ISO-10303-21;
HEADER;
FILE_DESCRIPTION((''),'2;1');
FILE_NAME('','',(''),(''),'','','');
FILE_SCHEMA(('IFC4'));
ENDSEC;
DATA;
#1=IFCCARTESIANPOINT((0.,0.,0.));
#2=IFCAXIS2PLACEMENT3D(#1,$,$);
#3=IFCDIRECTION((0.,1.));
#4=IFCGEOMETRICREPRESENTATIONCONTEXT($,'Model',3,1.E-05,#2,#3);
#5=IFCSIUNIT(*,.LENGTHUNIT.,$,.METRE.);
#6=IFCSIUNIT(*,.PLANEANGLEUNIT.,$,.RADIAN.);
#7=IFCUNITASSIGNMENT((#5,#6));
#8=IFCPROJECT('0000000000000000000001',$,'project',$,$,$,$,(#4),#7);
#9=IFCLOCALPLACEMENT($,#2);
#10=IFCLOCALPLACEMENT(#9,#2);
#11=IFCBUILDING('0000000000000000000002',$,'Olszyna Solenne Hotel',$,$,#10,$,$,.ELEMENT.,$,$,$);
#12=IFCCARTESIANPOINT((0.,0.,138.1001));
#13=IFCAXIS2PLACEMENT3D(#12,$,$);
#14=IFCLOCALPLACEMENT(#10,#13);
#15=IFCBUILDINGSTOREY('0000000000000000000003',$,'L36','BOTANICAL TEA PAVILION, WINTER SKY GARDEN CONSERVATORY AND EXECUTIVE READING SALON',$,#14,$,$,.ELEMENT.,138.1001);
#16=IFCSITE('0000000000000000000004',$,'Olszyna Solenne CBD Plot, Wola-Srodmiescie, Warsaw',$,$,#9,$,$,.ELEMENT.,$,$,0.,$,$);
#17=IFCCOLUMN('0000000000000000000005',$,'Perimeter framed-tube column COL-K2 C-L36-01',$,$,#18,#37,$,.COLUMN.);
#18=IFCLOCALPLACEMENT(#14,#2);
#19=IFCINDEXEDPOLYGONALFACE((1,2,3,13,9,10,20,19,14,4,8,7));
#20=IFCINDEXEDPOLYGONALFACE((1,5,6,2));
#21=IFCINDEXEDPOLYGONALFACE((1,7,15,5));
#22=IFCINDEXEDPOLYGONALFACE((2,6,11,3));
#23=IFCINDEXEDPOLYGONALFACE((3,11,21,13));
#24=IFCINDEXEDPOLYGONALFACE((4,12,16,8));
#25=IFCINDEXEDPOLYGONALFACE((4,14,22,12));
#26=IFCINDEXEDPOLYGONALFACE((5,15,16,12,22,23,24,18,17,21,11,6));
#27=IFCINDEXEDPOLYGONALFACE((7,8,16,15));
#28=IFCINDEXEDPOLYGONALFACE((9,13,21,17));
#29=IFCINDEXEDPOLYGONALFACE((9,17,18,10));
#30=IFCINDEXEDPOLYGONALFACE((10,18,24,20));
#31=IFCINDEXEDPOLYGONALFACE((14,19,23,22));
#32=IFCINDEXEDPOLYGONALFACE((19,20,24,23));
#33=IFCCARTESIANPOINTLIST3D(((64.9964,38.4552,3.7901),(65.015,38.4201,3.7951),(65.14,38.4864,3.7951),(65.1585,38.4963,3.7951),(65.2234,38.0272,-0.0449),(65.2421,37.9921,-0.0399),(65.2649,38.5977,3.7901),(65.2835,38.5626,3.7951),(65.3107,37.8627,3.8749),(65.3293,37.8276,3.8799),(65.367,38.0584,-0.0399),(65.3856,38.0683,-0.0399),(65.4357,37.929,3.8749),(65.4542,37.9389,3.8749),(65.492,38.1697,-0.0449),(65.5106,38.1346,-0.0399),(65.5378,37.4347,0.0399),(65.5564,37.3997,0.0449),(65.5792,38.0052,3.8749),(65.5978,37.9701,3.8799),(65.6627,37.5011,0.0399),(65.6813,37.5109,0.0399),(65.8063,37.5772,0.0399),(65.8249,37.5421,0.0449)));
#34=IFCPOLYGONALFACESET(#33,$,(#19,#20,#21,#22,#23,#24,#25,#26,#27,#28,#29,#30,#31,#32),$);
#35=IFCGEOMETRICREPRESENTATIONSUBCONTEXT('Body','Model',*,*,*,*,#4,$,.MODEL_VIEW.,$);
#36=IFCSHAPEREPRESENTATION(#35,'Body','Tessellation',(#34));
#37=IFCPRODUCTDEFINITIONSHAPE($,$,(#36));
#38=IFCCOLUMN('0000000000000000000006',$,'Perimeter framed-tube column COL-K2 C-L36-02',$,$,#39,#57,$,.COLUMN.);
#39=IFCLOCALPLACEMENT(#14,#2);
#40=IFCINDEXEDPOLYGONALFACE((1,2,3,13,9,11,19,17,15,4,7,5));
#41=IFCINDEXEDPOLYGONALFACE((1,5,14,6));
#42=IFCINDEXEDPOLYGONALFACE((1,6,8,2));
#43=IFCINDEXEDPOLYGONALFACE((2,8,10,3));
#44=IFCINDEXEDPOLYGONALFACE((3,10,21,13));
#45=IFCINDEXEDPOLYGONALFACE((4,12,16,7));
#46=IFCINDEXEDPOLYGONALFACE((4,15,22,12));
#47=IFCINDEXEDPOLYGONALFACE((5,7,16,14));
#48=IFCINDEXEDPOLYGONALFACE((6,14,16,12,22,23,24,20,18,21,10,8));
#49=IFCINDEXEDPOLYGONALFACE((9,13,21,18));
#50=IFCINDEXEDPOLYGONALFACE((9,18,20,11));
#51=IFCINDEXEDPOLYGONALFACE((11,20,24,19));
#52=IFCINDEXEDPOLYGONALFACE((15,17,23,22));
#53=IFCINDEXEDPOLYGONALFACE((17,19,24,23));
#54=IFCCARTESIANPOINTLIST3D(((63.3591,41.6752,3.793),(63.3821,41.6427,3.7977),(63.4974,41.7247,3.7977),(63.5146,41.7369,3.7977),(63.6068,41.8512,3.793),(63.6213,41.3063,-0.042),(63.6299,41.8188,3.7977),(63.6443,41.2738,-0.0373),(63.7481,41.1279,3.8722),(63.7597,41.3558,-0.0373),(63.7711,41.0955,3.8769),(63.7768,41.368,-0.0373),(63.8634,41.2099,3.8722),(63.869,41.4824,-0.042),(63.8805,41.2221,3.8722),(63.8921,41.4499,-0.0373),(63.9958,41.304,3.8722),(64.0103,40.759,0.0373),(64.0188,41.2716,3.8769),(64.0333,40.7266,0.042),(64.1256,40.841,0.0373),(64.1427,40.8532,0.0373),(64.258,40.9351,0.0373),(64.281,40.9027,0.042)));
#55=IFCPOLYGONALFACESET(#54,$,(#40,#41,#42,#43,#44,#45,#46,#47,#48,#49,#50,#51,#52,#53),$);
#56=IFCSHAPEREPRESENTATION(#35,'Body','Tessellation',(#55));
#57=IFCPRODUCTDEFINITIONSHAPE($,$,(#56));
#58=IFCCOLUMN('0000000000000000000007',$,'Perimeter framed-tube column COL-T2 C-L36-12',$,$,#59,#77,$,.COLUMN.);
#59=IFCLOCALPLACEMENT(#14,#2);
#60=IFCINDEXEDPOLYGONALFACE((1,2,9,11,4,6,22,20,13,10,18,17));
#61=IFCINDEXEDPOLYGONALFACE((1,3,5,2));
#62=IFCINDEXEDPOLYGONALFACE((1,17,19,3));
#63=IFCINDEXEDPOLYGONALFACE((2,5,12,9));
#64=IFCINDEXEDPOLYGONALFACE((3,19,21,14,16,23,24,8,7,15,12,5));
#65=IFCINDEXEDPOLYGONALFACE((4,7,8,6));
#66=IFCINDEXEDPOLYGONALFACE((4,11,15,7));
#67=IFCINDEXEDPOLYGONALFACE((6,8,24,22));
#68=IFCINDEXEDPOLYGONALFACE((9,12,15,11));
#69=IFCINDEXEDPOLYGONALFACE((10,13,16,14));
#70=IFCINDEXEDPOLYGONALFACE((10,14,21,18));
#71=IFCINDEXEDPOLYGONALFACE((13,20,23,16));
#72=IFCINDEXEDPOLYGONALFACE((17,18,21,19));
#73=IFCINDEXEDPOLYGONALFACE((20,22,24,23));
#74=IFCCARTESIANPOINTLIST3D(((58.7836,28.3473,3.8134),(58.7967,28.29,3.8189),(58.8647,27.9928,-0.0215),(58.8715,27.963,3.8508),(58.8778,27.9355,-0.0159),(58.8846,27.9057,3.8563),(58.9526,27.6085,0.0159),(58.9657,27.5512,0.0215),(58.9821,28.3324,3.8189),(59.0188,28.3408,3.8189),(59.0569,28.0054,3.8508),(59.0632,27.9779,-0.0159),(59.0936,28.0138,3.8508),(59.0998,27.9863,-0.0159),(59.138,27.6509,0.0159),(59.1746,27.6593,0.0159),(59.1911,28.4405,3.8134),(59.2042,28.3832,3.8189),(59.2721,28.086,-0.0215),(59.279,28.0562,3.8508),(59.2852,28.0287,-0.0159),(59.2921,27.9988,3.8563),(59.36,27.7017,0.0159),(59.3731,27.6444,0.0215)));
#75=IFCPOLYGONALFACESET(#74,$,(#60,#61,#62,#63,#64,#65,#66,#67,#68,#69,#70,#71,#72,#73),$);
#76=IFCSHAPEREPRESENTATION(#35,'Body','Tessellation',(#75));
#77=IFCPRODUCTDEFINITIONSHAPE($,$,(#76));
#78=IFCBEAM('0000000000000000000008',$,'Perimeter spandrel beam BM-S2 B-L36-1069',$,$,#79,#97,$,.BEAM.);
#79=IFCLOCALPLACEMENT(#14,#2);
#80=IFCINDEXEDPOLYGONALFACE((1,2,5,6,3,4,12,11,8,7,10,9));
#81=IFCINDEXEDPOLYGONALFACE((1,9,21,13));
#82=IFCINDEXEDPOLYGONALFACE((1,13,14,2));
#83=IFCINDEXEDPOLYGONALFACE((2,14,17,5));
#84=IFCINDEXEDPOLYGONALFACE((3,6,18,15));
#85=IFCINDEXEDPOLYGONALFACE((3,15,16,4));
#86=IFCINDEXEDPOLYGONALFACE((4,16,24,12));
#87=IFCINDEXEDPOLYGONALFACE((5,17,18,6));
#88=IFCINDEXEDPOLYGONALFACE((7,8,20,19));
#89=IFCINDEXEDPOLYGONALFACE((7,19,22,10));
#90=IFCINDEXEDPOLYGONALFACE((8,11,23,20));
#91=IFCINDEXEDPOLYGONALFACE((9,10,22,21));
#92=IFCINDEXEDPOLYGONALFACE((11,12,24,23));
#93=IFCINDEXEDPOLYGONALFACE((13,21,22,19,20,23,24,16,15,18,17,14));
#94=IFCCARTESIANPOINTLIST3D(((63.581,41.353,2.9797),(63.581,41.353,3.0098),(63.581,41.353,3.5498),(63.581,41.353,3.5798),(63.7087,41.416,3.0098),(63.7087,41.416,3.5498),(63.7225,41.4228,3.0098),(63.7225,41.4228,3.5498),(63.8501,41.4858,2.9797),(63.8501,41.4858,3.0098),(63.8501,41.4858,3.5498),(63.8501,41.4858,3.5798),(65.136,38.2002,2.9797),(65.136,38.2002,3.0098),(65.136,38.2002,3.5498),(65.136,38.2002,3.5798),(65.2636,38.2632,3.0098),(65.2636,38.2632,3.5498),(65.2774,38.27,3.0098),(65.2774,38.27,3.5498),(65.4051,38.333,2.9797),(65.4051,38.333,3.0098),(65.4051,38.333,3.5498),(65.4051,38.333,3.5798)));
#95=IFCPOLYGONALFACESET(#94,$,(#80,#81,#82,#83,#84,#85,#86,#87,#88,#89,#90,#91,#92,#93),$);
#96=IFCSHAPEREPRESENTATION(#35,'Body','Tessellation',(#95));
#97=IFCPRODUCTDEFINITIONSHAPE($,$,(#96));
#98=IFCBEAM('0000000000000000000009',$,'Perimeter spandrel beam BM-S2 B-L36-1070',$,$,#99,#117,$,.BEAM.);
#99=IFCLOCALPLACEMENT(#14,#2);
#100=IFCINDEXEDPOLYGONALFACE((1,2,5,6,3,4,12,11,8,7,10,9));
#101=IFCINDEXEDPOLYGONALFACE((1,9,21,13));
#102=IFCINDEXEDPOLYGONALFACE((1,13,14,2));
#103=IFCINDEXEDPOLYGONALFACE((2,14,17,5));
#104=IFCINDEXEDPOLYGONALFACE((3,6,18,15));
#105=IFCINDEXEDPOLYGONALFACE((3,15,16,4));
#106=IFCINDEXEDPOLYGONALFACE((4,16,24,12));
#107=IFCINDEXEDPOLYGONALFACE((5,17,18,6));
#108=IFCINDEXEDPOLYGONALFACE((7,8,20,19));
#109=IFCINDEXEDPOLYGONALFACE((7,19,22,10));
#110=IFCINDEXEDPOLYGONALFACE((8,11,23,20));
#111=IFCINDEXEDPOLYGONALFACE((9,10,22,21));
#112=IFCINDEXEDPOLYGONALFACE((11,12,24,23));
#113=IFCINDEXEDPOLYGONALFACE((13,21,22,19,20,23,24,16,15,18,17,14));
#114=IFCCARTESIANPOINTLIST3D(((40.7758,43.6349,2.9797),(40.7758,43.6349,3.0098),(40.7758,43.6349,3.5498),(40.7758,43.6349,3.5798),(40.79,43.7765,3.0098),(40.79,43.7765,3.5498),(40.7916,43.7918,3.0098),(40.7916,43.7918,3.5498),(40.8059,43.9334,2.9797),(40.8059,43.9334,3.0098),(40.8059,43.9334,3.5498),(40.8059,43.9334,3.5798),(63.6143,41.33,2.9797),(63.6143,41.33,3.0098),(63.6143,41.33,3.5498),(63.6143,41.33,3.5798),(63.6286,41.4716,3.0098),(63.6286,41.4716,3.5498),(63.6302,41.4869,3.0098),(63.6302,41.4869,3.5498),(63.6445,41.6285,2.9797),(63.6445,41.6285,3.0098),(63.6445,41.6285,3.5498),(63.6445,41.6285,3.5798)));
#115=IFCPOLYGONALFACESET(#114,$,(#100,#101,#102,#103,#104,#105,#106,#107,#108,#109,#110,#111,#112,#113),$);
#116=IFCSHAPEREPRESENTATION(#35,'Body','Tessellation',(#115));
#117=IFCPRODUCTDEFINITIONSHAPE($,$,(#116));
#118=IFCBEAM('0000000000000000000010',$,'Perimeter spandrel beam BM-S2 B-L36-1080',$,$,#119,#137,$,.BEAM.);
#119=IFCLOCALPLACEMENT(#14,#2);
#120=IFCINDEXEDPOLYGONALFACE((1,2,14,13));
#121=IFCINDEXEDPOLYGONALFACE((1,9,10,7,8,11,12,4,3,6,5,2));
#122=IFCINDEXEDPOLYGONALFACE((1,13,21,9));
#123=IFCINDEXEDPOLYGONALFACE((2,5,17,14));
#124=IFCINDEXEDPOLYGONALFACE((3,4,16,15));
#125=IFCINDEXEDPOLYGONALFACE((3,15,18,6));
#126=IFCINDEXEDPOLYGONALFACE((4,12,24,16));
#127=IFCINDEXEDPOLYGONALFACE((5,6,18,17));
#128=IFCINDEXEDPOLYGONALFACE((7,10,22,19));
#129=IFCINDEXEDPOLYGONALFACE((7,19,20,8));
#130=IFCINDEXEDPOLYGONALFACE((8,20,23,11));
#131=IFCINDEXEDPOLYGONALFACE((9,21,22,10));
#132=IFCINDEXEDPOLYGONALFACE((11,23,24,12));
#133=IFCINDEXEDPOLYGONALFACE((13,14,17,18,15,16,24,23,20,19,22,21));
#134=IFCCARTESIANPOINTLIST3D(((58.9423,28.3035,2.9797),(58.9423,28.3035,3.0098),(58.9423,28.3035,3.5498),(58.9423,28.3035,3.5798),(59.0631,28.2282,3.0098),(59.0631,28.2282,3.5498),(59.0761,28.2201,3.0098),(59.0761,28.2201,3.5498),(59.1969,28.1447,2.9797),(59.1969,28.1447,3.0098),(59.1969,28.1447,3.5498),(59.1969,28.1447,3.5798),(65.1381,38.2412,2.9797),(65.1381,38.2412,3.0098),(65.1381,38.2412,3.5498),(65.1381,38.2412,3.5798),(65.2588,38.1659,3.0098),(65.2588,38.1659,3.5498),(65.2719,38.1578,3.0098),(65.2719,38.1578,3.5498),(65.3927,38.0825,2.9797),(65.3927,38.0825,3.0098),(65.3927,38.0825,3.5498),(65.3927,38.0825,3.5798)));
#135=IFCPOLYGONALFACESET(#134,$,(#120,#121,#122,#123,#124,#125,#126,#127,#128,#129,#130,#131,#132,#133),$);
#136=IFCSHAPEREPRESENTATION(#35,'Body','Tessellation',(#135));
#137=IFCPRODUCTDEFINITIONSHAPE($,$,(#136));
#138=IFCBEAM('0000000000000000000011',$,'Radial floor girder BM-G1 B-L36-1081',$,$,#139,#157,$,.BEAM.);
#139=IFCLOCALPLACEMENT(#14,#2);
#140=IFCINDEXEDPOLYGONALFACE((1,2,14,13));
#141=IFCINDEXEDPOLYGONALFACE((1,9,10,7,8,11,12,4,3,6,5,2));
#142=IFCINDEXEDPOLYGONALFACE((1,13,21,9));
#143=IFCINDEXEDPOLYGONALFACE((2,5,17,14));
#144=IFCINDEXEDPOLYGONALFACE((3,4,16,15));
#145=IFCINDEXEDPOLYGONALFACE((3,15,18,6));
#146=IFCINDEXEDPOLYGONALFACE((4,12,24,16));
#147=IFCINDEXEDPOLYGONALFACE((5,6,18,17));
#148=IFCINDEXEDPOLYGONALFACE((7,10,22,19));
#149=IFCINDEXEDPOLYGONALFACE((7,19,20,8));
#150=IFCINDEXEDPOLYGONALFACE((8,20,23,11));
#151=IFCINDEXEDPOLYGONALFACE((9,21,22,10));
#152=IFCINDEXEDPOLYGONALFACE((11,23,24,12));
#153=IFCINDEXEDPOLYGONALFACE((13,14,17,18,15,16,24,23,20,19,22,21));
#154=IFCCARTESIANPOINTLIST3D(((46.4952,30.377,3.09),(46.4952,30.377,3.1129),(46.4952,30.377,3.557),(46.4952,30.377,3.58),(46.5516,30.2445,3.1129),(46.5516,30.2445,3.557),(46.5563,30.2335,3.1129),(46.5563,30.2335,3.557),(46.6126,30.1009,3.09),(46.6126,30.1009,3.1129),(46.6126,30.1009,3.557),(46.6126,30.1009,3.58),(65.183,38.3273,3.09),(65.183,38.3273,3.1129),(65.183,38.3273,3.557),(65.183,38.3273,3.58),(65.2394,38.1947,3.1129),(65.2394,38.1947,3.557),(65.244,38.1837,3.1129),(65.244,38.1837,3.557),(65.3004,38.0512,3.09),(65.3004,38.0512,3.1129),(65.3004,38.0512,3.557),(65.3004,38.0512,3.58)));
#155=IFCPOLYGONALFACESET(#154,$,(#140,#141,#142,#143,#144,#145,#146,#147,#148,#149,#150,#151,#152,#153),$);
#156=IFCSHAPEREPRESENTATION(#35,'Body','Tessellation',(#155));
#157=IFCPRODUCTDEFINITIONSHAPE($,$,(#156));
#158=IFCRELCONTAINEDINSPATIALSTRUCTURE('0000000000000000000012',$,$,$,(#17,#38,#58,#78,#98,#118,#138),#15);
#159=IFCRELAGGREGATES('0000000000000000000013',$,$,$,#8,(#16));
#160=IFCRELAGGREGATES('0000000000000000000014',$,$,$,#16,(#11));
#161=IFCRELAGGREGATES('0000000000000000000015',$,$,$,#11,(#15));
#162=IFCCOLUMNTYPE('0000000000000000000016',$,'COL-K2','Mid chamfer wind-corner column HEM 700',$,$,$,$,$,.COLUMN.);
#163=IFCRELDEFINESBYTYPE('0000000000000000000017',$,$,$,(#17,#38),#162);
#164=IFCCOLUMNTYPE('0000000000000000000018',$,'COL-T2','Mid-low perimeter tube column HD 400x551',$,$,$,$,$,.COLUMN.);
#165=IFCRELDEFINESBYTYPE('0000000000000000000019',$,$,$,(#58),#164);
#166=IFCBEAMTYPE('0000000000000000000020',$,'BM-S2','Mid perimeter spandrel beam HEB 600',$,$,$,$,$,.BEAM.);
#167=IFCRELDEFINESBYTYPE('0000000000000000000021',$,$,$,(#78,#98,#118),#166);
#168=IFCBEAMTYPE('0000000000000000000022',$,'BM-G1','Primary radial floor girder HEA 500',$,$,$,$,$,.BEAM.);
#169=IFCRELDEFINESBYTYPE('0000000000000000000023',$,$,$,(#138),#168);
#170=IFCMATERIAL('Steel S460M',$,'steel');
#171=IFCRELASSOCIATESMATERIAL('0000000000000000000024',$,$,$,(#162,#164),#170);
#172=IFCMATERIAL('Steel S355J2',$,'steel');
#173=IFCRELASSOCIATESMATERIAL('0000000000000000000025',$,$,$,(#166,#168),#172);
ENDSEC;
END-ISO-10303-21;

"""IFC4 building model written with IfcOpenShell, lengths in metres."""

from ifc_helpers import new_model, si_unit, direction, frame, origin, origin_2d, place, context, subcontext, project, spatial, i_section, extrude, source, transform, mapped, material, material_profile, profile_set, type_object, element, save


model = new_model("IFC4")

# Units and contexts
model_context = context("Model", 3, precision=1e-05, world=origin(), true_north=direction((0.0, 1.0)))
body_context = subcontext(model_context, "Body", "Model", "MODEL_VIEW")
ifc_project = project(units=[si_unit("LENGTHUNIT", "METRE"), si_unit("PLANEANGLEUNIT", "RADIAN")], contexts=[model_context])

# Site, building, storey
site_placement = place(None, origin())
site = spatial("IfcSite", under=ifc_project, at=site_placement, Name="Olszyna Solenne CBD Plot, Wola-Srodmiescie, Warsaw", CompositionType="ELEMENT", RefElevation=0.0)
building_placement = place(site_placement, origin())
building = spatial("IfcBuilding", under=site, at=building_placement, Name="Olszyna Solenne Hotel", CompositionType="ELEMENT")
storey_placement = place(building_placement, frame((0.0, 0.0, 138.1001)))
storey = spatial("IfcBuildingStorey", under=building, at=storey_placement, Name="L36", Description="BOTANICAL TEA PAVILION, WINTER SKY GARDEN CONSERVATORY AND EXECUTIVE READING SALON", CompositionType="ELEMENT", Elevation=138.1001)

# Columns
ifc_material_1 = material(Name="Steel S460M", Category="steel")
ifc_material_profile_1 = material_profile(ifc_material_1, i_section(OverallWidth=0.304, OverallDepth=0.7161, WebThickness=0.021, FlangeThickness=0.04, at=origin_2d()), Name="HEM 700", Category="load-bearing")
ifc_profile_set_1 = profile_set([ifc_material_profile_1], Name="Steel S460M")
column_type_1 = type_object("IfcColumnType", Name="COL-K2", Description="Mid chamfer wind-corner column HEM 700", PredefinedType="COLUMN", material=ifc_profile_set_1)
shared_shape_1 = source(origin(), body_context, "Body", "SweptSolid", [
    extrude(i_section(OverallWidth=0.304, OverallDepth=0.7161, WebThickness=0.021, FlangeThickness=0.04, at=origin_2d()), origin(), (0.0, 0.0, 1.0), 3.8655),
])
column_1_placement = place(storey_placement, frame((65.5242, 37.7847, 0.0), z_axis=(-0.058739, 0.110719, 0.992114), x_axis=(-0.883383, -0.468652, 0.0)))
element("IfcColumn", 1, at=column_1_placement, inside=storey, type_object=column_type_1, Name="Perimeter framed-tube column COL-K2 C-L36-01", PredefinedType="COLUMN", context=body_context, shape_type="MappedRepresentation", body=[
    mapped(shared_shape_1, transform((0.0, 0.0, 0.0), x_axis=(1.0, 0.0, 0.0), y_axis=(0.0, 1.0, 0.0), z_axis=(0.0, 0.0, 1.0), scale=1.0)),
])
shared_shape_2 = source(origin(), body_context, "Body", "SweptSolid", [
    extrude(i_section(OverallWidth=0.304, OverallDepth=0.7161, WebThickness=0.021, FlangeThickness=0.04, at=origin_2d()), origin(), (0.0, 0.0, 1.0), 3.8616),
])
column_2_placement = place(storey_placement, frame((63.9512, 41.1045, 0.0), z_axis=(-0.067902, 0.09553, 0.993108), x_axis=(-0.81508, -0.579349, 0.0)))
element("IfcColumn", 2, at=column_2_placement, inside=storey, type_object=column_type_1, Name="Perimeter framed-tube column COL-K2 C-L36-02", PredefinedType="COLUMN", context=body_context, shape_type="MappedRepresentation", body=[
    mapped(shared_shape_2, transform((0.0, 0.0, 0.0), x_axis=(1.0, 0.0, 0.0), y_axis=(0.0, 1.0, 0.0), z_axis=(0.0, 0.0, 1.0), scale=1.0)),
])
ifc_material_profile_2 = material_profile(ifc_material_1, i_section(OverallWidth=0.418, OverallDepth=0.4551, WebThickness=0.0376, FlangeThickness=0.0591, at=origin_2d()), Name="HD 400x551", Category="load-bearing")
ifc_profile_set_2 = profile_set([ifc_material_profile_2], Name="Steel S460M")
column_type_2 = type_object("IfcColumnType", Name="COL-T2", Description="Mid-low perimeter tube column HD 400x551", PredefinedType="COLUMN", material=ifc_profile_set_2)
shared_shape_3 = source(origin(), body_context, "Body", "SweptSolid", [
    extrude(i_section(OverallWidth=0.418, OverallDepth=0.4551, WebThickness=0.0376, FlangeThickness=0.0591, at=origin_2d()), origin(), (0.0, 0.0, 1.0), 3.8521),
])
column_3_placement = place(storey_placement, frame((59.1189, 27.8186, 0.0), z_axis=(-0.021041, 0.092024, 0.995534), x_axis=(-0.974842, -0.222898, 0.0)))
element("IfcColumn", 3, at=column_3_placement, inside=storey, type_object=column_type_2, Name="Perimeter framed-tube column COL-T2 C-L36-12", PredefinedType="COLUMN", context=body_context, shape_type="MappedRepresentation", body=[
    mapped(shared_shape_3, transform((0.0, 0.0, 0.0), x_axis=(1.0, 0.0, 0.0), y_axis=(0.0, 1.0, 0.0), z_axis=(0.0, 0.0, 1.0), scale=1.0)),
])

# Beams
ifc_material_2 = material(Name="Steel S355J2", Category="steel")
ifc_material_profile_3 = material_profile(ifc_material_2, i_section(OverallWidth=0.3, OverallDepth=0.6001, WebThickness=0.0154, FlangeThickness=0.03, at=origin_2d()), Name="HEB 600", Category="load-bearing")
ifc_profile_set_3 = profile_set([ifc_material_profile_3], Name="Steel S355J2")
beam_type_1 = type_object("IfcBeamType", Name="BM-S2", Description="Mid perimeter spandrel beam HEB 600", PredefinedType="BEAM", material=ifc_profile_set_3)
shared_shape_4 = source(origin(), body_context, "Body", "SweptSolid", [
    extrude(i_section(OverallWidth=0.3, OverallDepth=0.6001, WebThickness=0.0154, FlangeThickness=0.03, at=origin_2d()), origin(), (0.0, 0.0, 1.0), 3.5154),
])
beam_1_placement = place(storey_placement, frame((65.2705, 38.2666, 3.2798), z_axis=(-0.442318, 0.896858, 0.0), x_axis=(-0.896858, -0.442318, 0.0)))
element("IfcBeam", 4, at=beam_1_placement, inside=storey, type_object=beam_type_1, Name="Perimeter spandrel beam BM-S2 B-L36-1069", PredefinedType="BEAM", context=body_context, shape_type="MappedRepresentation", body=[
    mapped(shared_shape_4, transform((0.0, 0.0, 0.0), x_axis=(1.0, 0.0, 0.0), y_axis=(0.0, 1.0, 0.0), z_axis=(0.0, 0.0, 1.0), scale=1.0)),
])
shared_shape_5 = source(origin(), body_context, "Body", "SweptSolid", [
    extrude(i_section(OverallWidth=0.3, OverallDepth=0.6001, WebThickness=0.0154, FlangeThickness=0.03, at=origin_2d()), origin(), (0.0, 0.0, 1.0), 22.9546),
])
beam_2_placement = place(storey_placement, frame((63.6294, 41.4792, 3.2798), z_axis=(-0.994946, 0.100412, 0.0), x_axis=(-0.100412, -0.994946, 0.0)))
element("IfcBeam", 5, at=beam_2_placement, inside=storey, type_object=beam_type_1, Name="Perimeter spandrel beam BM-S2 B-L36-1070", PredefinedType="BEAM", context=body_context, shape_type="MappedRepresentation", body=[
    mapped(shared_shape_5, transform((0.0, 0.0, 0.0), x_axis=(1.0, 0.0, 0.0), y_axis=(0.0, 1.0, 0.0), z_axis=(0.0, 0.0, 1.0), scale=1.0)),
])
shared_shape_6 = source(origin(), body_context, "Body", "SweptSolid", [
    extrude(i_section(OverallWidth=0.3, OverallDepth=0.6001, WebThickness=0.0154, FlangeThickness=0.03, at=origin_2d()), origin(), (0.0, 0.0, 1.0), 11.7109),
])
beam_3_placement = place(storey_placement, frame((59.0696, 28.2241, 3.2798), z_axis=(0.52906, 0.848585, 0.0), x_axis=(-0.848585, 0.52906, 0.0)))
element("IfcBeam", 6, at=beam_3_placement, inside=storey, type_object=beam_type_1, Name="Perimeter spandrel beam BM-S2 B-L36-1080", PredefinedType="BEAM", context=body_context, shape_type="MappedRepresentation", body=[
    mapped(shared_shape_6, transform((0.0, 0.0, 0.0), x_axis=(1.0, 0.0, 0.0), y_axis=(0.0, 1.0, 0.0), z_axis=(0.0, 0.0, 1.0), scale=1.0)),
])
ifc_material_profile_4 = material_profile(ifc_material_2, i_section(OverallWidth=0.3, OverallDepth=0.49, WebThickness=0.012, FlangeThickness=0.0229, at=origin_2d()), Name="HEA 500", Category="load-bearing")
ifc_profile_set_4 = profile_set([ifc_material_profile_4], Name="Steel S355J2")
beam_type_2 = type_object("IfcBeamType", Name="BM-G1", Description="Primary radial floor girder HEA 500", PredefinedType="BEAM", material=ifc_profile_set_4)
shared_shape_7 = source(origin(), body_context, "Body", "SweptSolid", [
    extrude(i_section(OverallWidth=0.3, OverallDepth=0.49, WebThickness=0.012, FlangeThickness=0.0229, at=origin_2d()), origin(), (0.0, 0.0, 1.0), 20.3086),
])
beam_4_placement = place(storey_placement, frame((65.2417, 38.1892, 3.335), z_axis=(-0.920191, -0.39147, 0.0), x_axis=(0.39147, -0.920191, 0.0)))
element("IfcBeam", 7, at=beam_4_placement, inside=storey, type_object=beam_type_2, Name="Radial floor girder BM-G1 B-L36-1081", PredefinedType="BEAM", context=body_context, shape_type="MappedRepresentation", body=[
    mapped(shared_shape_7, transform((0.0, 0.0, 0.0), x_axis=(1.0, 0.0, 0.0), y_axis=(0.0, 1.0, 0.0), z_axis=(0.0, 0.0, 1.0), scale=1.0)),
])

save(model, "model.ifc")
